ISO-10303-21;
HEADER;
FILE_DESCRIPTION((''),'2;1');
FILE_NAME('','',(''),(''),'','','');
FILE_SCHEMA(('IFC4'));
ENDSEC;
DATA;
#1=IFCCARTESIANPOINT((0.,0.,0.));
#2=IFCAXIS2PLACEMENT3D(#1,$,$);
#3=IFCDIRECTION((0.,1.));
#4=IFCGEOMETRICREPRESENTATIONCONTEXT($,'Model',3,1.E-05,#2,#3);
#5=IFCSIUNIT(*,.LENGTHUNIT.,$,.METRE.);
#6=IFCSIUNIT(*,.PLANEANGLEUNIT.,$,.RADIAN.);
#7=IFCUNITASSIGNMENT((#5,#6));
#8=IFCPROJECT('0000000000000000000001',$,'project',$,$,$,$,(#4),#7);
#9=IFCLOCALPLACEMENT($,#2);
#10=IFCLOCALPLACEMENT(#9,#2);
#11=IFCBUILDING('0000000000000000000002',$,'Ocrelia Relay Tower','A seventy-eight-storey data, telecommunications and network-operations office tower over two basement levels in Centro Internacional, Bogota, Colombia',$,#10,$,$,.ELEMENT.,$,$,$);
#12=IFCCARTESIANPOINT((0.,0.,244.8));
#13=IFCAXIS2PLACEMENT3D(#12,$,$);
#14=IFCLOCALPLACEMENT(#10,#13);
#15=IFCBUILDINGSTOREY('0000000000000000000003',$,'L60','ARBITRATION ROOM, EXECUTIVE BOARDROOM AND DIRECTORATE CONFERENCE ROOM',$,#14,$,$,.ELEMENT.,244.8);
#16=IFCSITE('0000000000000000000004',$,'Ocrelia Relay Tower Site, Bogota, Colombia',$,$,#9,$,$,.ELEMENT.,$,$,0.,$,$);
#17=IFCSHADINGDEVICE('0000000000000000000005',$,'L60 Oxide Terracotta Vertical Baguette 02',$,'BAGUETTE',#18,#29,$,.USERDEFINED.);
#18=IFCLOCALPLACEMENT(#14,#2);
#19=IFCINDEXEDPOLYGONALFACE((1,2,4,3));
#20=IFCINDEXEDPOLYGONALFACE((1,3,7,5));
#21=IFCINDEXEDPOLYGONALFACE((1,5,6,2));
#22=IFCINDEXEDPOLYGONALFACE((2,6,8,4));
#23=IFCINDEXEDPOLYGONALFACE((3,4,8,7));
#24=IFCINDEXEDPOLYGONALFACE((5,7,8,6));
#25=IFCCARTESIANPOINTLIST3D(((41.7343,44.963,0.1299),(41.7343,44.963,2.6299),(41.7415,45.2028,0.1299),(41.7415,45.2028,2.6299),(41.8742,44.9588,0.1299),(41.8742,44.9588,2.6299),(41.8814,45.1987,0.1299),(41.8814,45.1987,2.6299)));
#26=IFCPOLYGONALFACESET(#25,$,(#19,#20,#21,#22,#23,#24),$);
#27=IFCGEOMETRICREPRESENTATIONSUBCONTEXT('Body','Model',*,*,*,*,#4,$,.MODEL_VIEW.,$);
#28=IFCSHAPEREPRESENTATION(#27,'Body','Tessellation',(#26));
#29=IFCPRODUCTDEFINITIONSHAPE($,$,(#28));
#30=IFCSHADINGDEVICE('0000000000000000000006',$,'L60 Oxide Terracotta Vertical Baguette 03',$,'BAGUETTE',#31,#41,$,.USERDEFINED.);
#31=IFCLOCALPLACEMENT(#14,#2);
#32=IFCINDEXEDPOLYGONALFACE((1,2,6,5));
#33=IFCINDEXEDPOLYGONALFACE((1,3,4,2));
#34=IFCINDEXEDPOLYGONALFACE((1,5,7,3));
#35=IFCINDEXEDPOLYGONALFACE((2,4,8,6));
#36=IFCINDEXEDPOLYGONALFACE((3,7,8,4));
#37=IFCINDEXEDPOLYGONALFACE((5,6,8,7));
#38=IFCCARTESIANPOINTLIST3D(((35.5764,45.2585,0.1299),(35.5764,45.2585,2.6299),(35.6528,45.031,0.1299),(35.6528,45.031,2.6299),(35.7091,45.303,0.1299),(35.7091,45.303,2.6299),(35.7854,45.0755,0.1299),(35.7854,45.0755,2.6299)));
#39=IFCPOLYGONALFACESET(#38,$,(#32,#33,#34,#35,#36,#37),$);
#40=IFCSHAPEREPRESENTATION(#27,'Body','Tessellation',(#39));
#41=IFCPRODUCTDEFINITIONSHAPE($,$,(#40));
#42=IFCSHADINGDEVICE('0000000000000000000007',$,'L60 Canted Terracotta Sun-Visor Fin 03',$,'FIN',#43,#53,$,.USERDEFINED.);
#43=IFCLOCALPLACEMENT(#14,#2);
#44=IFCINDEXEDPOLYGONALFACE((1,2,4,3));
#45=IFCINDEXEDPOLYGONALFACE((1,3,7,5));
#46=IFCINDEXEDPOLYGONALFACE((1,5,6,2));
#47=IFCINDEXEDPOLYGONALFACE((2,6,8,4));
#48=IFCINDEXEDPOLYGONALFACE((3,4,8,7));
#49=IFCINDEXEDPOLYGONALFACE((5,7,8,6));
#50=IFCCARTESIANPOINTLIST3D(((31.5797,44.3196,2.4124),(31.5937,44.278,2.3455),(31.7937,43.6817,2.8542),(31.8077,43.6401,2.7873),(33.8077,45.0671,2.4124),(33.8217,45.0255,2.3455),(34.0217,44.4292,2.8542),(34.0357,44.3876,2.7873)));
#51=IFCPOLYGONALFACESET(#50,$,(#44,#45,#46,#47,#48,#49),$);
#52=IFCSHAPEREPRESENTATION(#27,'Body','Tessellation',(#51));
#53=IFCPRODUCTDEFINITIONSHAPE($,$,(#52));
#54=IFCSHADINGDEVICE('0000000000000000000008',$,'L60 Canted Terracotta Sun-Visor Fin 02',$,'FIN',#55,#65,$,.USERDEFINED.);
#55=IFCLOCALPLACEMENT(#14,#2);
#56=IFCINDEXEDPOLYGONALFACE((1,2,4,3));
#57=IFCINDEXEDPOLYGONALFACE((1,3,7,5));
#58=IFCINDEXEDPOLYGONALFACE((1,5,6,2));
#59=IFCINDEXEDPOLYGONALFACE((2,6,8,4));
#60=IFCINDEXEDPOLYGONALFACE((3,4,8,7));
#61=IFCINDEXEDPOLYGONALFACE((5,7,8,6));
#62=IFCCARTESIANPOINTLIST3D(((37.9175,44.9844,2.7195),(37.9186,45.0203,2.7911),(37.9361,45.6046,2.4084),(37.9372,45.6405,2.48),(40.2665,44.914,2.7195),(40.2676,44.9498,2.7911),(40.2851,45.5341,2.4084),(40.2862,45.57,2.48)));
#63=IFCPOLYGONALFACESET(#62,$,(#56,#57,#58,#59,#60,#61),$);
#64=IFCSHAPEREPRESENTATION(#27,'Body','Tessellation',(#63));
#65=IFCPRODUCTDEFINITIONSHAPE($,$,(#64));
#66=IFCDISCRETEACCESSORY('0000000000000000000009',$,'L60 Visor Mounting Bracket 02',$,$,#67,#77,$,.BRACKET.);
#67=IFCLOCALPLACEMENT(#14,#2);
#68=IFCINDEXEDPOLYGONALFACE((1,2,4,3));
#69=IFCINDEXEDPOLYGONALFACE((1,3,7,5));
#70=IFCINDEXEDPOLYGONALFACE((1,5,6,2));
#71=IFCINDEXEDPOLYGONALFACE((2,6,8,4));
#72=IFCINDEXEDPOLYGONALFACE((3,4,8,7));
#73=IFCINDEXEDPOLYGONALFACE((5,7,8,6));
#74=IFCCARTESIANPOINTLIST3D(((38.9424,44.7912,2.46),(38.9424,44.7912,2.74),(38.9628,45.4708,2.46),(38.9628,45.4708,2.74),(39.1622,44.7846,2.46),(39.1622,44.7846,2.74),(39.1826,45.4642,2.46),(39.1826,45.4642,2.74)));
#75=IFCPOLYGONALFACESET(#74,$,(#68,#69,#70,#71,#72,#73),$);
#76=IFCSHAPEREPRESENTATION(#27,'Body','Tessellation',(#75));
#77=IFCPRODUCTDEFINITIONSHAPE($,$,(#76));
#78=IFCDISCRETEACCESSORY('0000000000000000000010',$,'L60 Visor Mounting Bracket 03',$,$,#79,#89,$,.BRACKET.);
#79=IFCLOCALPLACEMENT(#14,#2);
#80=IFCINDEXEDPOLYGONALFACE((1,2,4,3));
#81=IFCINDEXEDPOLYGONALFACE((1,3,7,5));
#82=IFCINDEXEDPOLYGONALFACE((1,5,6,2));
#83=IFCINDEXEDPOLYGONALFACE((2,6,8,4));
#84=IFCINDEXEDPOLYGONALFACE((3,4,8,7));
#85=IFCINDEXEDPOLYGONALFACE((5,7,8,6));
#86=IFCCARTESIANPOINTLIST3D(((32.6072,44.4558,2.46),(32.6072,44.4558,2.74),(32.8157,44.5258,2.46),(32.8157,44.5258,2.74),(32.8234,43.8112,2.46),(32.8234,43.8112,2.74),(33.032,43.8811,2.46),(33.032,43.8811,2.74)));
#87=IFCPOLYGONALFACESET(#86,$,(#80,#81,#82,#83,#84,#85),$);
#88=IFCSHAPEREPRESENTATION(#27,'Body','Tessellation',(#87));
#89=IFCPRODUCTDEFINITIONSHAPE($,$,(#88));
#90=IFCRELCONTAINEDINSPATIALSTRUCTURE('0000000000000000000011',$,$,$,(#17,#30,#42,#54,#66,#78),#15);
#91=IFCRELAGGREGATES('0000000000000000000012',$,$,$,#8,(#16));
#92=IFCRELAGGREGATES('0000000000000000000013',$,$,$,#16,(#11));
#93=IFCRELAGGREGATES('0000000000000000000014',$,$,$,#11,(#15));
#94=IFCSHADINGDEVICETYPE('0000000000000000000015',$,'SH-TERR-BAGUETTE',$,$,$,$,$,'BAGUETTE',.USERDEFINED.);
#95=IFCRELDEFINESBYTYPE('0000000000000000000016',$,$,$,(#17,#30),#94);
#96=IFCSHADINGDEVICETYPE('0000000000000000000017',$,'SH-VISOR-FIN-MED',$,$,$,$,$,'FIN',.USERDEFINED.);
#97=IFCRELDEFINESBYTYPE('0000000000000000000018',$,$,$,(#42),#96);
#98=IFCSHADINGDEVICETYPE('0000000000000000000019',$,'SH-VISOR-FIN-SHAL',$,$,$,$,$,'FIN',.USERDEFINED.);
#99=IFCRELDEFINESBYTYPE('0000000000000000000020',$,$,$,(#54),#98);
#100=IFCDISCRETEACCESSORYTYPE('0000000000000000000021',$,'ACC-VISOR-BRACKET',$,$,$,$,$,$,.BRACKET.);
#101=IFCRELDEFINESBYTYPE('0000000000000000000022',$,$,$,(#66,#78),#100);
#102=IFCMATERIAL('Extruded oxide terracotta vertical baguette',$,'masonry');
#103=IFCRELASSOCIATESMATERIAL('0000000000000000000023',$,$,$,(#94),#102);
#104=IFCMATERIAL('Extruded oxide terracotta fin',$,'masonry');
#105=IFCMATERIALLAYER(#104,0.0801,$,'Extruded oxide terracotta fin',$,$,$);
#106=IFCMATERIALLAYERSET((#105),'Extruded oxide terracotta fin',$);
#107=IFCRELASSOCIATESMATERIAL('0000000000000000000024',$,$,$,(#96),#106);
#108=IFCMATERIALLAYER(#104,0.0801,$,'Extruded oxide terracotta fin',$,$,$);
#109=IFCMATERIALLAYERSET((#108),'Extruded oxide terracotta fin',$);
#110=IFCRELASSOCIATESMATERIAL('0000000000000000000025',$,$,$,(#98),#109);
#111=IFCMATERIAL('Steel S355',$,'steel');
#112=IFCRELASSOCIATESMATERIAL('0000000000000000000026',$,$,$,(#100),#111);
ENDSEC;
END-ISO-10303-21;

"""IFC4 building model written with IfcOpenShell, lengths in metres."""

from ifc_helpers import new_model, si_unit, direction, frame, origin, origin_2d, place, context, subcontext, project, spatial, rectangle, extrude, material, layer, layer_set, type_object, element, save


model = new_model("IFC4")

# Units and contexts
model_context = context("Model", 3, precision=1e-05, world=origin(), true_north=direction((0.0, 1.0)))
body_context = subcontext(model_context, "Body", "Model", "MODEL_VIEW")
ifc_project = project(units=[si_unit("LENGTHUNIT", "METRE"), si_unit("PLANEANGLEUNIT", "RADIAN")], contexts=[model_context])

# Site, building, storey
site_placement = place(None, origin())
site = spatial("IfcSite", under=ifc_project, at=site_placement, Name="Ocrelia Relay Tower Site, Bogota, Colombia", CompositionType="ELEMENT", RefElevation=0.0)
building_placement = place(site_placement, origin())
building = spatial("IfcBuilding", under=site, at=building_placement, Name="Ocrelia Relay Tower", Description="A seventy-eight-storey data, telecommunications and network-operations office tower over two basement levels in Centro Internacional, Bogota, Colombia", CompositionType="ELEMENT")
storey_placement = place(building_placement, frame((0.0, 0.0, 244.8)))
storey = spatial("IfcBuildingStorey", under=building, at=storey_placement, Name="L60", Description="ARBITRATION ROOM, EXECUTIVE BOARDROOM AND DIRECTORATE CONFERENCE ROOM", CompositionType="ELEMENT", Elevation=244.8)

# Shared definitions
ifc_material_1 = material(Name="Steel S355", Category="steel")

# Shading devices
ifc_material_2 = material(Name="Extruded oxide terracotta vertical baguette", Category="masonry")
shading_device_type_1 = type_object("IfcShadingDeviceType", Name="SH-TERR-BAGUETTE", ElementType="BAGUETTE", PredefinedType="USERDEFINED", material=ifc_material_2)
for number, where, z_axis, x_axis, name in (
    (1, (41.8079, 45.0808, 0.1299), (0.0, 0.0, 1.0), (-0.999551, 0.029974, 0.0), "L60 Oxide Terracotta Vertical Baguette 02"),
    (2, (35.6809, 45.167, 0.1299), (0.0, 0.0, 1.0), (-0.948067, -0.31807, 0.0), "L60 Oxide Terracotta Vertical Baguette 03"),
):
    element("IfcShadingDevice", number, at=place(storey_placement, frame(where, z_axis=z_axis, x_axis=x_axis)), inside=storey, type_object=shading_device_type_1, Name=name, ObjectType="BAGUETTE", PredefinedType="USERDEFINED", context=body_context, shape_type="SweptSolid", body=[
        extrude(rectangle(XDim=0.1399, YDim=0.24, at=origin_2d()), origin(), (0.0, 0.0, 1.0), 2.5),
    ])
ifc_material_3 = material(Name="Extruded oxide terracotta fin", Category="masonry")
ifc_layer_1 = layer(ifc_material_3, 0.0801, Name="Extruded oxide terracotta fin")
ifc_layer_set_1 = layer_set([ifc_layer_1], Name="Extruded oxide terracotta fin")
shading_device_type_2 = type_object("IfcShadingDeviceType", Name="SH-VISOR-FIN-MED", ElementType="FIN", PredefinedType="USERDEFINED", material=ifc_layer_set_1)
shading_device_1_placement = place(storey_placement, frame((32.8147, 44.3328, 2.5664), z_axis=(-0.174581, 0.520372, 0.835903), x_axis=(-0.948067, -0.31807, 0.0)))
element("IfcShadingDevice", 3, at=shading_device_1_placement, inside=storey, type_object=shading_device_type_2, Name="L60 Canted Terracotta Sun-Visor Fin 03", ObjectType="FIN", PredefinedType="USERDEFINED", context=body_context, shape_type="SweptSolid", body=[
    extrude(rectangle(XDim=2.3501, YDim=0.8049, at=origin_2d()), origin(), (0.0, 0.0, 1.0), 0.0801),
])
ifc_layer_2 = layer(ifc_material_3, 0.0801, Name="Extruded oxide terracotta fin")
ifc_layer_set_2 = layer_set([ifc_layer_2], Name="Extruded oxide terracotta fin")
shading_device_type_3 = type_object("IfcShadingDeviceType", Name="SH-VISOR-FIN-SHAL", ElementType="FIN", PredefinedType="USERDEFINED", material=ifc_layer_set_2)
shading_device_2_placement = place(storey_placement, frame((39.1013, 45.2593, 2.564), z_axis=(0.013435, 0.448026, 0.89392), x_axis=(-0.999551, 0.029974, 0.0)))
element("IfcShadingDevice", 4, at=shading_device_2_placement, inside=storey, type_object=shading_device_type_3, Name="L60 Canted Terracotta Sun-Visor Fin 02", ObjectType="FIN", PredefinedType="USERDEFINED", context=body_context, shape_type="SweptSolid", body=[
    extrude(rectangle(XDim=2.3501, YDim=0.6941, at=origin_2d()), origin(), (0.0, 0.0, 1.0), 0.0801),
])

# Discrete accessories
discrete_accessory_type = type_object("IfcDiscreteAccessoryType", Name="ACC-VISOR-BRACKET", PredefinedType="BRACKET", material=ifc_material_1)
for number, where, z_axis, x_axis, name in (
    (5, (39.0625, 45.1277, 2.46), (0.0, 0.0, 1.0), (-0.999551, 0.029974, 0.0), "L60 Visor Mounting Bracket 02"),
    (6, (32.8196, 44.1685, 2.46), (0.0, 0.0, 1.0), (-0.948067, -0.31807, 0.0), "L60 Visor Mounting Bracket 03"),
):
    element("IfcDiscreteAccessory", number, at=place(storey_placement, frame(where, z_axis=z_axis, x_axis=x_axis)), inside=storey, type_object=discrete_accessory_type, Name=name, PredefinedType="BRACKET", context=body_context, shape_type="SweptSolid", body=[
        extrude(rectangle(XDim=0.22, YDim=0.6799, at=origin_2d()), origin(), (0.0, 0.0, 1.0), 0.28),
    ])

save(model, "model.ifc")
